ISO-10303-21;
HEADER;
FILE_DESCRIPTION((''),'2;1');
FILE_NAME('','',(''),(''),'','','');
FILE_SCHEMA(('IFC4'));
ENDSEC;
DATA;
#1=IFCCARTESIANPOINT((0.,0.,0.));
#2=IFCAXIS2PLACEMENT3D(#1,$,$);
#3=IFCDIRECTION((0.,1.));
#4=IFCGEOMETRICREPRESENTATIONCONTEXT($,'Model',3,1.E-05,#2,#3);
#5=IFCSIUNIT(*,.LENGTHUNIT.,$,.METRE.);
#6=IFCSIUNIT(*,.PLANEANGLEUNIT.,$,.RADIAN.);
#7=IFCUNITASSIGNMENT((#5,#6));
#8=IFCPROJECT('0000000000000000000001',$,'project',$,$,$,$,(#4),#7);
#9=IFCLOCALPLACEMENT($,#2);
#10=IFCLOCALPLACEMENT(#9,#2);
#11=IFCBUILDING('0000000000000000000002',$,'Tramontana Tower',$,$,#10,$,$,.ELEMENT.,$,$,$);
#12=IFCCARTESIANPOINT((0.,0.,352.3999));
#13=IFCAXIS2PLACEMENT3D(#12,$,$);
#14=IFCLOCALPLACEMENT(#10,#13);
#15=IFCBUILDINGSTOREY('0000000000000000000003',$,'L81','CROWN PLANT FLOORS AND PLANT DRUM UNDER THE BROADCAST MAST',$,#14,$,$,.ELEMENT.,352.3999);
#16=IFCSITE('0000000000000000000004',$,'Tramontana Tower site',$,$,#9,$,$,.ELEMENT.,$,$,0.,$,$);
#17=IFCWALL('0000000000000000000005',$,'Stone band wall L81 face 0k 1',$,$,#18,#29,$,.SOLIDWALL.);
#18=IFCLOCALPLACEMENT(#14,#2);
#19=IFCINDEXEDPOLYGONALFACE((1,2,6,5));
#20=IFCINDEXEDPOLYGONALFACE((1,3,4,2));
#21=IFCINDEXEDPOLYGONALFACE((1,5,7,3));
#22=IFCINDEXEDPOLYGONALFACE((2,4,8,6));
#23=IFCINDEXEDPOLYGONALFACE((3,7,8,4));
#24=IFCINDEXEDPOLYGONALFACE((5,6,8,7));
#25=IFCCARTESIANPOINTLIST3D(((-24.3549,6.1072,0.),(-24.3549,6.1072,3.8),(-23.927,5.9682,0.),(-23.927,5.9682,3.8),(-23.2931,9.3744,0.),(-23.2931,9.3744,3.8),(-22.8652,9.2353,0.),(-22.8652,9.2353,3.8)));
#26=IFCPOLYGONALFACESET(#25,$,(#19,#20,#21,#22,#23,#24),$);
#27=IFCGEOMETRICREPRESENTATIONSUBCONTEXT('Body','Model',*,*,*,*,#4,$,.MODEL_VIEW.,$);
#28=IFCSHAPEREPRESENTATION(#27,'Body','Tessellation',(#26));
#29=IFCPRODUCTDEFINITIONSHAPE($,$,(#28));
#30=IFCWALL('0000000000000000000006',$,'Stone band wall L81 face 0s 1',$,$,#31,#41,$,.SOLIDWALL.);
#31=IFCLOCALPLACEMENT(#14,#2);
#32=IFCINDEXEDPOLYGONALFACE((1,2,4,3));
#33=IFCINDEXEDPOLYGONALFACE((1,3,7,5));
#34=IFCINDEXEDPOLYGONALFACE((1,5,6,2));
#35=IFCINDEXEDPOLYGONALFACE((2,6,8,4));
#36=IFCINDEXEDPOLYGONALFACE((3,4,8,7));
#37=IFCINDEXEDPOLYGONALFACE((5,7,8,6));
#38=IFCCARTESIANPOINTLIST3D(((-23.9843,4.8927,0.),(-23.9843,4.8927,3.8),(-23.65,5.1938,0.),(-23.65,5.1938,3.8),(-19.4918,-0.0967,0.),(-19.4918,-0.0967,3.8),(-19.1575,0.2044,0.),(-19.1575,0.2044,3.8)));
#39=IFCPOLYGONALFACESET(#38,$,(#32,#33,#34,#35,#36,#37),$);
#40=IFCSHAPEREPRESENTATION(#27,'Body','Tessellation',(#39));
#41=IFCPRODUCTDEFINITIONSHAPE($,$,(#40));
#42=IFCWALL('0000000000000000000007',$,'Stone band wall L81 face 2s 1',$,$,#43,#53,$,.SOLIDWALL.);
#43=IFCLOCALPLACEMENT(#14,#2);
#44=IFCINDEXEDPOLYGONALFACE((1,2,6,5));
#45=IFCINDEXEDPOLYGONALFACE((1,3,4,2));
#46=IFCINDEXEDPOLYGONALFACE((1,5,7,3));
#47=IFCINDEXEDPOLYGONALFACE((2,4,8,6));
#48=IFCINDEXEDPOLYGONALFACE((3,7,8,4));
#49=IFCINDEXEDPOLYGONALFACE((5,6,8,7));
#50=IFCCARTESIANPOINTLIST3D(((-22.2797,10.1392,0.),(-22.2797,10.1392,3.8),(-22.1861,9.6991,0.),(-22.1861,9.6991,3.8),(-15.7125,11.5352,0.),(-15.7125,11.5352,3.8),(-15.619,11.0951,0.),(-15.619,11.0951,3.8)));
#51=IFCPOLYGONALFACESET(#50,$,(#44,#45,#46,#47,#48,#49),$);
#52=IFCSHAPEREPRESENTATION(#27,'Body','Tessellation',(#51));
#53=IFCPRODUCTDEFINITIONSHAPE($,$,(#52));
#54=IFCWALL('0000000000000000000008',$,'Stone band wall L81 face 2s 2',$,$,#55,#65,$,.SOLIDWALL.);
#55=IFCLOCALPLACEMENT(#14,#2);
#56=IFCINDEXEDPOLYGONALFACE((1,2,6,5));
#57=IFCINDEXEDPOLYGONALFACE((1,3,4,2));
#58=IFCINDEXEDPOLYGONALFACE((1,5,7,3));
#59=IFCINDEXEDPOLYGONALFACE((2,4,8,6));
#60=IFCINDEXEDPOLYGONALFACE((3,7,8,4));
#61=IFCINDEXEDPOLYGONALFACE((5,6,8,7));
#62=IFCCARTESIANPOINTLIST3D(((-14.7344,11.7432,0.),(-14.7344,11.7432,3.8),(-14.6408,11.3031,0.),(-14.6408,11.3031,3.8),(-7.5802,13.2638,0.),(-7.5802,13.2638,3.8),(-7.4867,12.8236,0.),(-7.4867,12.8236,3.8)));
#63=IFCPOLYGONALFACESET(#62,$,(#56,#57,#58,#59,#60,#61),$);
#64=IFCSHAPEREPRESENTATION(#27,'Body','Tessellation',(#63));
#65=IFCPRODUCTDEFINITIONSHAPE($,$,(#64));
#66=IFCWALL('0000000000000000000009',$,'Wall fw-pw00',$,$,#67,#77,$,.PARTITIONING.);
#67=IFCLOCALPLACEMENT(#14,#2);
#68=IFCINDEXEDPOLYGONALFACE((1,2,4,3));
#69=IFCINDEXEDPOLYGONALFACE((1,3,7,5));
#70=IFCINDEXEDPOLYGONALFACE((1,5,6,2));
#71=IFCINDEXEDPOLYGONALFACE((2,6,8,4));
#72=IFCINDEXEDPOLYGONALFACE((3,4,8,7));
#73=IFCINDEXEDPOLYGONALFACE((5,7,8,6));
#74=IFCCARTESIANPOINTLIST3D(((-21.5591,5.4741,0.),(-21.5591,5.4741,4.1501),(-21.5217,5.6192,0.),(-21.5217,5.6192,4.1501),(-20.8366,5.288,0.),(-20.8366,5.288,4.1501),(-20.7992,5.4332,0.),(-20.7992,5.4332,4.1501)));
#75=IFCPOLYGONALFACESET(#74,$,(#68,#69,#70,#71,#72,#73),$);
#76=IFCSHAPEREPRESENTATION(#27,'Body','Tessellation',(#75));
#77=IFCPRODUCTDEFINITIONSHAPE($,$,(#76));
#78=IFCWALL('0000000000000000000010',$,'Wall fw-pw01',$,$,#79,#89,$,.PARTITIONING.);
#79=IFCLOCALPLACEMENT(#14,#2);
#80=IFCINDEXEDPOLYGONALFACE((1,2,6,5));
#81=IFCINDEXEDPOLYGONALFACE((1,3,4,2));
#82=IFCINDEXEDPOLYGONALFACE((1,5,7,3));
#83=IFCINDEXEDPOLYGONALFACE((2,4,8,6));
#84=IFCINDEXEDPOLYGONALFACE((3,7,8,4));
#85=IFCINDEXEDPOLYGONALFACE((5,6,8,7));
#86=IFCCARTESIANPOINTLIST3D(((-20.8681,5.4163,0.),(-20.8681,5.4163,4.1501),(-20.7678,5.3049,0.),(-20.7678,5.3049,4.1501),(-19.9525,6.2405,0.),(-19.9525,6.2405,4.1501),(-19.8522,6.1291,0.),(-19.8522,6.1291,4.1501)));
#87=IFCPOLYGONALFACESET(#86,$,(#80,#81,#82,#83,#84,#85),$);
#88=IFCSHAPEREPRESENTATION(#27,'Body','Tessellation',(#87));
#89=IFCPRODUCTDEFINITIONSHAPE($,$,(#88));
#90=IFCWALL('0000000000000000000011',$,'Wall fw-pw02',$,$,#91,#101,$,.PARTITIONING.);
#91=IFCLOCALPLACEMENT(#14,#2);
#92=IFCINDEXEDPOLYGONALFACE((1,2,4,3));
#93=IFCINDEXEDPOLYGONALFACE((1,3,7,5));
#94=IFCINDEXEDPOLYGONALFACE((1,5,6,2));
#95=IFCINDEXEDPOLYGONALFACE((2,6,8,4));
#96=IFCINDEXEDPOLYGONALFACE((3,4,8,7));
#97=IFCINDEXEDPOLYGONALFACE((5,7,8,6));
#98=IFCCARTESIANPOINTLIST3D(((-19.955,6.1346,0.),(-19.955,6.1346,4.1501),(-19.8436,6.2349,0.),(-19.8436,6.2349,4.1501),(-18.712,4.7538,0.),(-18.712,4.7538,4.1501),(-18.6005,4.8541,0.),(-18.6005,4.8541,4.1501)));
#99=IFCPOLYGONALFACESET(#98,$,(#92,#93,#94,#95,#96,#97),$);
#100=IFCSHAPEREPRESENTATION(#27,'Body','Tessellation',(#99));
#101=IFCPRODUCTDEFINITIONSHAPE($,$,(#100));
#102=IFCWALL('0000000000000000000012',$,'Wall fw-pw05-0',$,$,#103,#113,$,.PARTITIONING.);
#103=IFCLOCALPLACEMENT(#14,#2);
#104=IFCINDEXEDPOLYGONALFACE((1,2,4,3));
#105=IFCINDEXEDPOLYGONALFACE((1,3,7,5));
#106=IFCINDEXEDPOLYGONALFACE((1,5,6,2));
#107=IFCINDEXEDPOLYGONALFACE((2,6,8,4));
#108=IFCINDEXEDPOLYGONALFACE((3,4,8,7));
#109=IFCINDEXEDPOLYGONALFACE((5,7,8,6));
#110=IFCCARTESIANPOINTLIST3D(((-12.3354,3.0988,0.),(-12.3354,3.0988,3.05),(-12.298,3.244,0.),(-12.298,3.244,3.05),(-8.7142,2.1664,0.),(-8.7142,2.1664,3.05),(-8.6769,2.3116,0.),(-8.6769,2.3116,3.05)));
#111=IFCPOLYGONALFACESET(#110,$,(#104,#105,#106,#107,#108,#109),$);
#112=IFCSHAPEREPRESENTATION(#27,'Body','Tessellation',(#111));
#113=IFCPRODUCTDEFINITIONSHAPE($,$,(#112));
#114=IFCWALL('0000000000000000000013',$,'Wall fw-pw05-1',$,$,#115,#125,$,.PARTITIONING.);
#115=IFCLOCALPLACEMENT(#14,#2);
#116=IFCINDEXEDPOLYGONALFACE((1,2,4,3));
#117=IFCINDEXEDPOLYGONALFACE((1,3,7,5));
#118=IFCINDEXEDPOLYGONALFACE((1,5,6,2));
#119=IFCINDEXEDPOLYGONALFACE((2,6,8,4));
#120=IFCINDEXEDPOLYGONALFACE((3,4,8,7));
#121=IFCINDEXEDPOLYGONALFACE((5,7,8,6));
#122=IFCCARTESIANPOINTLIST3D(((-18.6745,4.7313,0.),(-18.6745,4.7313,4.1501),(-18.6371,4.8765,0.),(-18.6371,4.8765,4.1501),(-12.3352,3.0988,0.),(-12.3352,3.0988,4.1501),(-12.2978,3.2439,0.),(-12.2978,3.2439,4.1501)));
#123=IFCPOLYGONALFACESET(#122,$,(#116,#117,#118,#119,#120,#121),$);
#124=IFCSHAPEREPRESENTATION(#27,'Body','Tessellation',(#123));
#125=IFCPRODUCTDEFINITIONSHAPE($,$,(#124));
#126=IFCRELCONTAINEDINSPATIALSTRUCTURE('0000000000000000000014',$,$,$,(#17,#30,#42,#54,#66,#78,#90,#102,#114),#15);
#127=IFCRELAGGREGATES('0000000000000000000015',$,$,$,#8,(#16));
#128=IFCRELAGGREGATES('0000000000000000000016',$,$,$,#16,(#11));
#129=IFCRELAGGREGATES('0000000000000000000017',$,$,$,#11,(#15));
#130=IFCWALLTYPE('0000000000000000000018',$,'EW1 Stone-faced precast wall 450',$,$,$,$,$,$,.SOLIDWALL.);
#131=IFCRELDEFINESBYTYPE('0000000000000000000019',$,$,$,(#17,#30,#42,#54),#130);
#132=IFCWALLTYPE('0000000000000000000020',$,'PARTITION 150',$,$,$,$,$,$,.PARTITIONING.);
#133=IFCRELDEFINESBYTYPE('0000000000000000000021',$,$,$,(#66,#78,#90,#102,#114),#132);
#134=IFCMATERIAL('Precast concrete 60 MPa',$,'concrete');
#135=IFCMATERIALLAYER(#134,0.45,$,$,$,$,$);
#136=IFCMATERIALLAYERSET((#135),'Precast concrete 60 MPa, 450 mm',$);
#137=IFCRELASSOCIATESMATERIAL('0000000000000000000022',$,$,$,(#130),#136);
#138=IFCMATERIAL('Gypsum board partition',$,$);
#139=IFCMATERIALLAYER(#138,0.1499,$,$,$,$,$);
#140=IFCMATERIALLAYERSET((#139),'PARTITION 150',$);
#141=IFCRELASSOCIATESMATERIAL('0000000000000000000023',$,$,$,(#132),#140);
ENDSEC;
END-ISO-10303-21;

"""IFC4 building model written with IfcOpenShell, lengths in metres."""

from ifc_helpers import new_model, si_unit, direction, frame, frame_2d, origin, place, context, subcontext, project, spatial, rectangle, extrude, material, layer, layer_set, type_object, element, save


model = new_model("IFC4")

# Units and contexts
model_context = context("Model", 3, precision=1e-05, world=origin(), true_north=direction((0.0, 1.0)))
body_context = subcontext(model_context, "Body", "Model", "MODEL_VIEW")
ifc_project = project(units=[si_unit("LENGTHUNIT", "METRE"), si_unit("PLANEANGLEUNIT", "RADIAN")], contexts=[model_context])

# Site, building, storey
site_placement = place(None, origin())
site = spatial("IfcSite", under=ifc_project, at=site_placement, Name="Tramontana Tower site", CompositionType="ELEMENT", RefElevation=0.0)
building_placement = place(site_placement, origin())
building = spatial("IfcBuilding", under=site, at=building_placement, Name="Tramontana Tower", CompositionType="ELEMENT")
storey_placement = place(building_placement, frame((0.0, 0.0, 352.3999)))
storey = spatial("IfcBuildingStorey", under=building, at=storey_placement, Name="L81", Description="CROWN PLANT FLOORS AND PLANT DRUM UNDER THE BROADCAST MAST", CompositionType="ELEMENT", Elevation=352.3999)

# Walls
ifc_material_1 = material(Name="Precast concrete 60 MPa", Category="concrete")
ifc_layer_1 = layer(ifc_material_1, 0.45)
ifc_layer_set_1 = layer_set([ifc_layer_1], Name="Precast concrete 60 MPa, 450 mm")
wall_type_1 = type_object("IfcWallType", Name="EW1 Stone-faced precast wall 450", PredefinedType="SOLIDWALL", material=ifc_layer_set_1)
wall_1_placement = place(storey_placement, frame((-23.0791, 9.3049, 0.0), z_axis=(0.0, 0.0, 1.0), x_axis=(-0.309076, -0.951037, 0.0)))
element("IfcWall", 1, at=wall_1_placement, inside=storey, type_object=wall_type_1, Name="Stone band wall L81 face 0k 1", PredefinedType="SOLIDWALL", context=body_context, shape_type="SweptSolid", body=[
    extrude(rectangle(XDim=3.4353, YDim=0.45, at=frame_2d((1.7178, 0.0))), origin(), (0.0, 0.0, 1.0), 3.8),
])
for number, where, z_axis, x_axis, name in (
    (2, (-23.8171, 5.0432, 0.0), (0.0, 0.0, 1.0), (0.669137, -0.743139, 0.0), "Stone band wall L81 face 0s 1"),
    (3, (-15.6658, 11.3152, 0.0), (0.0, 0.0, 1.0), (-0.978144, -0.207927, 0.0), "Stone band wall L81 face 2s 1"),
):
    element("IfcWall", number, at=place(storey_placement, frame(where, z_axis=z_axis, x_axis=x_axis)), inside=storey, type_object=wall_type_1, Name=name, PredefinedType="SOLIDWALL", context=body_context, shape_type="SweptSolid", body=[
        extrude(rectangle(XDim=6.7139, YDim=0.45, at=frame_2d((3.3569, 0.0))), origin(), (0.0, 0.0, 1.0), 3.8),
    ])
wall_2_placement = place(storey_placement, frame((-7.5334, 13.0437, 0.0), z_axis=(0.0, 0.0, 1.0), x_axis=(-0.978151, -0.207894, 0.0)))
element("IfcWall", 4, at=wall_2_placement, inside=storey, type_object=wall_type_1, Name="Stone band wall L81 face 2s 2", PredefinedType="SOLIDWALL", context=body_context, shape_type="SweptSolid", body=[
    extrude(rectangle(XDim=7.314, YDim=0.45, at=frame_2d((3.657, 0.0))), origin(), (0.0, 0.0, 1.0), 3.8),
])
ifc_material_2 = material(Name="Gypsum board partition")
ifc_layer_2 = layer(ifc_material_2, 0.1499)
ifc_layer_set_2 = layer_set([ifc_layer_2], Name="PARTITION 150")
wall_type_2 = type_object("IfcWallType", Name="PARTITION 150", PredefinedType="PARTITIONING", material=ifc_layer_set_2)
wall_3_placement = place(storey_placement, frame((-20.8179, 5.3606, 0.0), z_axis=(0.0, 0.0, 1.0), x_axis=(-0.968405, 0.249383, 0.0)))
element("IfcWall", 5, at=wall_3_placement, inside=storey, type_object=wall_type_2, Name="Wall fw-pw00", PredefinedType="PARTITIONING", context=body_context, shape_type="SweptSolid", body=[
    extrude(rectangle(XDim=0.7461, YDim=0.1499, at=frame_2d((0.373, 0.0))), origin(), (0.0, 0.0, 1.0), 4.1501),
])
wall_4_placement = place(storey_placement, frame((-19.9023, 6.1848, 0.0), z_axis=(0.0, 0.0, 1.0), x_axis=(-0.743196, -0.669074, 0.0)))
element("IfcWall", 6, at=wall_4_placement, inside=storey, type_object=wall_type_2, Name="Wall fw-pw01", PredefinedType="PARTITIONING", context=body_context, shape_type="SweptSolid", body=[
    extrude(rectangle(XDim=1.2319, YDim=0.1499, at=frame_2d((0.616, 0.0))), origin(), (0.0, 0.0, 1.0), 4.1501),
])
wall_5_placement = place(storey_placement, frame((-18.6562, 4.804, 0.0), z_axis=(0.0, 0.0, 1.0), x_axis=(-0.669081, 0.74319, 0.0)))
element("IfcWall", 7, at=wall_5_placement, inside=storey, type_object=wall_type_2, Name="Wall fw-pw02", PredefinedType="PARTITIONING", context=body_context, shape_type="SweptSolid", body=[
    extrude(rectangle(XDim=1.8579, YDim=0.1499, at=frame_2d((0.929, 0.0))), origin(), (0.0, 0.0, 1.0), 4.1501),
])
wall_6_placement = place(storey_placement, frame((-8.6956, 2.239, 0.0), z_axis=(0.0, 0.0, 1.0), x_axis=(-0.968413, 0.249351, 0.0)))
element("IfcWall", 8, at=wall_6_placement, inside=storey, type_object=wall_type_2, Name="Wall fw-pw05-0", PredefinedType="PARTITIONING", context=body_context, shape_type="SweptSolid", body=[
    extrude(rectangle(XDim=3.7393, YDim=0.1499, at=frame_2d((1.8696, 0.0))), origin(), (0.0, 0.0, 1.0), 3.05),
])
wall_7_placement = place(storey_placement, frame((-12.3167, 3.1714, 0.0), z_axis=(0.0, 0.0, 1.0), x_axis=(-0.968403, 0.249392, 0.0)))
element("IfcWall", 9, at=wall_7_placement, inside=storey, type_object=wall_type_2, Name="Wall fw-pw05-1", PredefinedType="PARTITIONING", context=body_context, shape_type="SweptSolid", body=[
    extrude(rectangle(XDim=6.5461, YDim=0.1499, at=frame_2d((3.2729, 0.0))), origin(), (0.0, 0.0, 1.0), 4.1501),
])

save(model, "model.ifc")
